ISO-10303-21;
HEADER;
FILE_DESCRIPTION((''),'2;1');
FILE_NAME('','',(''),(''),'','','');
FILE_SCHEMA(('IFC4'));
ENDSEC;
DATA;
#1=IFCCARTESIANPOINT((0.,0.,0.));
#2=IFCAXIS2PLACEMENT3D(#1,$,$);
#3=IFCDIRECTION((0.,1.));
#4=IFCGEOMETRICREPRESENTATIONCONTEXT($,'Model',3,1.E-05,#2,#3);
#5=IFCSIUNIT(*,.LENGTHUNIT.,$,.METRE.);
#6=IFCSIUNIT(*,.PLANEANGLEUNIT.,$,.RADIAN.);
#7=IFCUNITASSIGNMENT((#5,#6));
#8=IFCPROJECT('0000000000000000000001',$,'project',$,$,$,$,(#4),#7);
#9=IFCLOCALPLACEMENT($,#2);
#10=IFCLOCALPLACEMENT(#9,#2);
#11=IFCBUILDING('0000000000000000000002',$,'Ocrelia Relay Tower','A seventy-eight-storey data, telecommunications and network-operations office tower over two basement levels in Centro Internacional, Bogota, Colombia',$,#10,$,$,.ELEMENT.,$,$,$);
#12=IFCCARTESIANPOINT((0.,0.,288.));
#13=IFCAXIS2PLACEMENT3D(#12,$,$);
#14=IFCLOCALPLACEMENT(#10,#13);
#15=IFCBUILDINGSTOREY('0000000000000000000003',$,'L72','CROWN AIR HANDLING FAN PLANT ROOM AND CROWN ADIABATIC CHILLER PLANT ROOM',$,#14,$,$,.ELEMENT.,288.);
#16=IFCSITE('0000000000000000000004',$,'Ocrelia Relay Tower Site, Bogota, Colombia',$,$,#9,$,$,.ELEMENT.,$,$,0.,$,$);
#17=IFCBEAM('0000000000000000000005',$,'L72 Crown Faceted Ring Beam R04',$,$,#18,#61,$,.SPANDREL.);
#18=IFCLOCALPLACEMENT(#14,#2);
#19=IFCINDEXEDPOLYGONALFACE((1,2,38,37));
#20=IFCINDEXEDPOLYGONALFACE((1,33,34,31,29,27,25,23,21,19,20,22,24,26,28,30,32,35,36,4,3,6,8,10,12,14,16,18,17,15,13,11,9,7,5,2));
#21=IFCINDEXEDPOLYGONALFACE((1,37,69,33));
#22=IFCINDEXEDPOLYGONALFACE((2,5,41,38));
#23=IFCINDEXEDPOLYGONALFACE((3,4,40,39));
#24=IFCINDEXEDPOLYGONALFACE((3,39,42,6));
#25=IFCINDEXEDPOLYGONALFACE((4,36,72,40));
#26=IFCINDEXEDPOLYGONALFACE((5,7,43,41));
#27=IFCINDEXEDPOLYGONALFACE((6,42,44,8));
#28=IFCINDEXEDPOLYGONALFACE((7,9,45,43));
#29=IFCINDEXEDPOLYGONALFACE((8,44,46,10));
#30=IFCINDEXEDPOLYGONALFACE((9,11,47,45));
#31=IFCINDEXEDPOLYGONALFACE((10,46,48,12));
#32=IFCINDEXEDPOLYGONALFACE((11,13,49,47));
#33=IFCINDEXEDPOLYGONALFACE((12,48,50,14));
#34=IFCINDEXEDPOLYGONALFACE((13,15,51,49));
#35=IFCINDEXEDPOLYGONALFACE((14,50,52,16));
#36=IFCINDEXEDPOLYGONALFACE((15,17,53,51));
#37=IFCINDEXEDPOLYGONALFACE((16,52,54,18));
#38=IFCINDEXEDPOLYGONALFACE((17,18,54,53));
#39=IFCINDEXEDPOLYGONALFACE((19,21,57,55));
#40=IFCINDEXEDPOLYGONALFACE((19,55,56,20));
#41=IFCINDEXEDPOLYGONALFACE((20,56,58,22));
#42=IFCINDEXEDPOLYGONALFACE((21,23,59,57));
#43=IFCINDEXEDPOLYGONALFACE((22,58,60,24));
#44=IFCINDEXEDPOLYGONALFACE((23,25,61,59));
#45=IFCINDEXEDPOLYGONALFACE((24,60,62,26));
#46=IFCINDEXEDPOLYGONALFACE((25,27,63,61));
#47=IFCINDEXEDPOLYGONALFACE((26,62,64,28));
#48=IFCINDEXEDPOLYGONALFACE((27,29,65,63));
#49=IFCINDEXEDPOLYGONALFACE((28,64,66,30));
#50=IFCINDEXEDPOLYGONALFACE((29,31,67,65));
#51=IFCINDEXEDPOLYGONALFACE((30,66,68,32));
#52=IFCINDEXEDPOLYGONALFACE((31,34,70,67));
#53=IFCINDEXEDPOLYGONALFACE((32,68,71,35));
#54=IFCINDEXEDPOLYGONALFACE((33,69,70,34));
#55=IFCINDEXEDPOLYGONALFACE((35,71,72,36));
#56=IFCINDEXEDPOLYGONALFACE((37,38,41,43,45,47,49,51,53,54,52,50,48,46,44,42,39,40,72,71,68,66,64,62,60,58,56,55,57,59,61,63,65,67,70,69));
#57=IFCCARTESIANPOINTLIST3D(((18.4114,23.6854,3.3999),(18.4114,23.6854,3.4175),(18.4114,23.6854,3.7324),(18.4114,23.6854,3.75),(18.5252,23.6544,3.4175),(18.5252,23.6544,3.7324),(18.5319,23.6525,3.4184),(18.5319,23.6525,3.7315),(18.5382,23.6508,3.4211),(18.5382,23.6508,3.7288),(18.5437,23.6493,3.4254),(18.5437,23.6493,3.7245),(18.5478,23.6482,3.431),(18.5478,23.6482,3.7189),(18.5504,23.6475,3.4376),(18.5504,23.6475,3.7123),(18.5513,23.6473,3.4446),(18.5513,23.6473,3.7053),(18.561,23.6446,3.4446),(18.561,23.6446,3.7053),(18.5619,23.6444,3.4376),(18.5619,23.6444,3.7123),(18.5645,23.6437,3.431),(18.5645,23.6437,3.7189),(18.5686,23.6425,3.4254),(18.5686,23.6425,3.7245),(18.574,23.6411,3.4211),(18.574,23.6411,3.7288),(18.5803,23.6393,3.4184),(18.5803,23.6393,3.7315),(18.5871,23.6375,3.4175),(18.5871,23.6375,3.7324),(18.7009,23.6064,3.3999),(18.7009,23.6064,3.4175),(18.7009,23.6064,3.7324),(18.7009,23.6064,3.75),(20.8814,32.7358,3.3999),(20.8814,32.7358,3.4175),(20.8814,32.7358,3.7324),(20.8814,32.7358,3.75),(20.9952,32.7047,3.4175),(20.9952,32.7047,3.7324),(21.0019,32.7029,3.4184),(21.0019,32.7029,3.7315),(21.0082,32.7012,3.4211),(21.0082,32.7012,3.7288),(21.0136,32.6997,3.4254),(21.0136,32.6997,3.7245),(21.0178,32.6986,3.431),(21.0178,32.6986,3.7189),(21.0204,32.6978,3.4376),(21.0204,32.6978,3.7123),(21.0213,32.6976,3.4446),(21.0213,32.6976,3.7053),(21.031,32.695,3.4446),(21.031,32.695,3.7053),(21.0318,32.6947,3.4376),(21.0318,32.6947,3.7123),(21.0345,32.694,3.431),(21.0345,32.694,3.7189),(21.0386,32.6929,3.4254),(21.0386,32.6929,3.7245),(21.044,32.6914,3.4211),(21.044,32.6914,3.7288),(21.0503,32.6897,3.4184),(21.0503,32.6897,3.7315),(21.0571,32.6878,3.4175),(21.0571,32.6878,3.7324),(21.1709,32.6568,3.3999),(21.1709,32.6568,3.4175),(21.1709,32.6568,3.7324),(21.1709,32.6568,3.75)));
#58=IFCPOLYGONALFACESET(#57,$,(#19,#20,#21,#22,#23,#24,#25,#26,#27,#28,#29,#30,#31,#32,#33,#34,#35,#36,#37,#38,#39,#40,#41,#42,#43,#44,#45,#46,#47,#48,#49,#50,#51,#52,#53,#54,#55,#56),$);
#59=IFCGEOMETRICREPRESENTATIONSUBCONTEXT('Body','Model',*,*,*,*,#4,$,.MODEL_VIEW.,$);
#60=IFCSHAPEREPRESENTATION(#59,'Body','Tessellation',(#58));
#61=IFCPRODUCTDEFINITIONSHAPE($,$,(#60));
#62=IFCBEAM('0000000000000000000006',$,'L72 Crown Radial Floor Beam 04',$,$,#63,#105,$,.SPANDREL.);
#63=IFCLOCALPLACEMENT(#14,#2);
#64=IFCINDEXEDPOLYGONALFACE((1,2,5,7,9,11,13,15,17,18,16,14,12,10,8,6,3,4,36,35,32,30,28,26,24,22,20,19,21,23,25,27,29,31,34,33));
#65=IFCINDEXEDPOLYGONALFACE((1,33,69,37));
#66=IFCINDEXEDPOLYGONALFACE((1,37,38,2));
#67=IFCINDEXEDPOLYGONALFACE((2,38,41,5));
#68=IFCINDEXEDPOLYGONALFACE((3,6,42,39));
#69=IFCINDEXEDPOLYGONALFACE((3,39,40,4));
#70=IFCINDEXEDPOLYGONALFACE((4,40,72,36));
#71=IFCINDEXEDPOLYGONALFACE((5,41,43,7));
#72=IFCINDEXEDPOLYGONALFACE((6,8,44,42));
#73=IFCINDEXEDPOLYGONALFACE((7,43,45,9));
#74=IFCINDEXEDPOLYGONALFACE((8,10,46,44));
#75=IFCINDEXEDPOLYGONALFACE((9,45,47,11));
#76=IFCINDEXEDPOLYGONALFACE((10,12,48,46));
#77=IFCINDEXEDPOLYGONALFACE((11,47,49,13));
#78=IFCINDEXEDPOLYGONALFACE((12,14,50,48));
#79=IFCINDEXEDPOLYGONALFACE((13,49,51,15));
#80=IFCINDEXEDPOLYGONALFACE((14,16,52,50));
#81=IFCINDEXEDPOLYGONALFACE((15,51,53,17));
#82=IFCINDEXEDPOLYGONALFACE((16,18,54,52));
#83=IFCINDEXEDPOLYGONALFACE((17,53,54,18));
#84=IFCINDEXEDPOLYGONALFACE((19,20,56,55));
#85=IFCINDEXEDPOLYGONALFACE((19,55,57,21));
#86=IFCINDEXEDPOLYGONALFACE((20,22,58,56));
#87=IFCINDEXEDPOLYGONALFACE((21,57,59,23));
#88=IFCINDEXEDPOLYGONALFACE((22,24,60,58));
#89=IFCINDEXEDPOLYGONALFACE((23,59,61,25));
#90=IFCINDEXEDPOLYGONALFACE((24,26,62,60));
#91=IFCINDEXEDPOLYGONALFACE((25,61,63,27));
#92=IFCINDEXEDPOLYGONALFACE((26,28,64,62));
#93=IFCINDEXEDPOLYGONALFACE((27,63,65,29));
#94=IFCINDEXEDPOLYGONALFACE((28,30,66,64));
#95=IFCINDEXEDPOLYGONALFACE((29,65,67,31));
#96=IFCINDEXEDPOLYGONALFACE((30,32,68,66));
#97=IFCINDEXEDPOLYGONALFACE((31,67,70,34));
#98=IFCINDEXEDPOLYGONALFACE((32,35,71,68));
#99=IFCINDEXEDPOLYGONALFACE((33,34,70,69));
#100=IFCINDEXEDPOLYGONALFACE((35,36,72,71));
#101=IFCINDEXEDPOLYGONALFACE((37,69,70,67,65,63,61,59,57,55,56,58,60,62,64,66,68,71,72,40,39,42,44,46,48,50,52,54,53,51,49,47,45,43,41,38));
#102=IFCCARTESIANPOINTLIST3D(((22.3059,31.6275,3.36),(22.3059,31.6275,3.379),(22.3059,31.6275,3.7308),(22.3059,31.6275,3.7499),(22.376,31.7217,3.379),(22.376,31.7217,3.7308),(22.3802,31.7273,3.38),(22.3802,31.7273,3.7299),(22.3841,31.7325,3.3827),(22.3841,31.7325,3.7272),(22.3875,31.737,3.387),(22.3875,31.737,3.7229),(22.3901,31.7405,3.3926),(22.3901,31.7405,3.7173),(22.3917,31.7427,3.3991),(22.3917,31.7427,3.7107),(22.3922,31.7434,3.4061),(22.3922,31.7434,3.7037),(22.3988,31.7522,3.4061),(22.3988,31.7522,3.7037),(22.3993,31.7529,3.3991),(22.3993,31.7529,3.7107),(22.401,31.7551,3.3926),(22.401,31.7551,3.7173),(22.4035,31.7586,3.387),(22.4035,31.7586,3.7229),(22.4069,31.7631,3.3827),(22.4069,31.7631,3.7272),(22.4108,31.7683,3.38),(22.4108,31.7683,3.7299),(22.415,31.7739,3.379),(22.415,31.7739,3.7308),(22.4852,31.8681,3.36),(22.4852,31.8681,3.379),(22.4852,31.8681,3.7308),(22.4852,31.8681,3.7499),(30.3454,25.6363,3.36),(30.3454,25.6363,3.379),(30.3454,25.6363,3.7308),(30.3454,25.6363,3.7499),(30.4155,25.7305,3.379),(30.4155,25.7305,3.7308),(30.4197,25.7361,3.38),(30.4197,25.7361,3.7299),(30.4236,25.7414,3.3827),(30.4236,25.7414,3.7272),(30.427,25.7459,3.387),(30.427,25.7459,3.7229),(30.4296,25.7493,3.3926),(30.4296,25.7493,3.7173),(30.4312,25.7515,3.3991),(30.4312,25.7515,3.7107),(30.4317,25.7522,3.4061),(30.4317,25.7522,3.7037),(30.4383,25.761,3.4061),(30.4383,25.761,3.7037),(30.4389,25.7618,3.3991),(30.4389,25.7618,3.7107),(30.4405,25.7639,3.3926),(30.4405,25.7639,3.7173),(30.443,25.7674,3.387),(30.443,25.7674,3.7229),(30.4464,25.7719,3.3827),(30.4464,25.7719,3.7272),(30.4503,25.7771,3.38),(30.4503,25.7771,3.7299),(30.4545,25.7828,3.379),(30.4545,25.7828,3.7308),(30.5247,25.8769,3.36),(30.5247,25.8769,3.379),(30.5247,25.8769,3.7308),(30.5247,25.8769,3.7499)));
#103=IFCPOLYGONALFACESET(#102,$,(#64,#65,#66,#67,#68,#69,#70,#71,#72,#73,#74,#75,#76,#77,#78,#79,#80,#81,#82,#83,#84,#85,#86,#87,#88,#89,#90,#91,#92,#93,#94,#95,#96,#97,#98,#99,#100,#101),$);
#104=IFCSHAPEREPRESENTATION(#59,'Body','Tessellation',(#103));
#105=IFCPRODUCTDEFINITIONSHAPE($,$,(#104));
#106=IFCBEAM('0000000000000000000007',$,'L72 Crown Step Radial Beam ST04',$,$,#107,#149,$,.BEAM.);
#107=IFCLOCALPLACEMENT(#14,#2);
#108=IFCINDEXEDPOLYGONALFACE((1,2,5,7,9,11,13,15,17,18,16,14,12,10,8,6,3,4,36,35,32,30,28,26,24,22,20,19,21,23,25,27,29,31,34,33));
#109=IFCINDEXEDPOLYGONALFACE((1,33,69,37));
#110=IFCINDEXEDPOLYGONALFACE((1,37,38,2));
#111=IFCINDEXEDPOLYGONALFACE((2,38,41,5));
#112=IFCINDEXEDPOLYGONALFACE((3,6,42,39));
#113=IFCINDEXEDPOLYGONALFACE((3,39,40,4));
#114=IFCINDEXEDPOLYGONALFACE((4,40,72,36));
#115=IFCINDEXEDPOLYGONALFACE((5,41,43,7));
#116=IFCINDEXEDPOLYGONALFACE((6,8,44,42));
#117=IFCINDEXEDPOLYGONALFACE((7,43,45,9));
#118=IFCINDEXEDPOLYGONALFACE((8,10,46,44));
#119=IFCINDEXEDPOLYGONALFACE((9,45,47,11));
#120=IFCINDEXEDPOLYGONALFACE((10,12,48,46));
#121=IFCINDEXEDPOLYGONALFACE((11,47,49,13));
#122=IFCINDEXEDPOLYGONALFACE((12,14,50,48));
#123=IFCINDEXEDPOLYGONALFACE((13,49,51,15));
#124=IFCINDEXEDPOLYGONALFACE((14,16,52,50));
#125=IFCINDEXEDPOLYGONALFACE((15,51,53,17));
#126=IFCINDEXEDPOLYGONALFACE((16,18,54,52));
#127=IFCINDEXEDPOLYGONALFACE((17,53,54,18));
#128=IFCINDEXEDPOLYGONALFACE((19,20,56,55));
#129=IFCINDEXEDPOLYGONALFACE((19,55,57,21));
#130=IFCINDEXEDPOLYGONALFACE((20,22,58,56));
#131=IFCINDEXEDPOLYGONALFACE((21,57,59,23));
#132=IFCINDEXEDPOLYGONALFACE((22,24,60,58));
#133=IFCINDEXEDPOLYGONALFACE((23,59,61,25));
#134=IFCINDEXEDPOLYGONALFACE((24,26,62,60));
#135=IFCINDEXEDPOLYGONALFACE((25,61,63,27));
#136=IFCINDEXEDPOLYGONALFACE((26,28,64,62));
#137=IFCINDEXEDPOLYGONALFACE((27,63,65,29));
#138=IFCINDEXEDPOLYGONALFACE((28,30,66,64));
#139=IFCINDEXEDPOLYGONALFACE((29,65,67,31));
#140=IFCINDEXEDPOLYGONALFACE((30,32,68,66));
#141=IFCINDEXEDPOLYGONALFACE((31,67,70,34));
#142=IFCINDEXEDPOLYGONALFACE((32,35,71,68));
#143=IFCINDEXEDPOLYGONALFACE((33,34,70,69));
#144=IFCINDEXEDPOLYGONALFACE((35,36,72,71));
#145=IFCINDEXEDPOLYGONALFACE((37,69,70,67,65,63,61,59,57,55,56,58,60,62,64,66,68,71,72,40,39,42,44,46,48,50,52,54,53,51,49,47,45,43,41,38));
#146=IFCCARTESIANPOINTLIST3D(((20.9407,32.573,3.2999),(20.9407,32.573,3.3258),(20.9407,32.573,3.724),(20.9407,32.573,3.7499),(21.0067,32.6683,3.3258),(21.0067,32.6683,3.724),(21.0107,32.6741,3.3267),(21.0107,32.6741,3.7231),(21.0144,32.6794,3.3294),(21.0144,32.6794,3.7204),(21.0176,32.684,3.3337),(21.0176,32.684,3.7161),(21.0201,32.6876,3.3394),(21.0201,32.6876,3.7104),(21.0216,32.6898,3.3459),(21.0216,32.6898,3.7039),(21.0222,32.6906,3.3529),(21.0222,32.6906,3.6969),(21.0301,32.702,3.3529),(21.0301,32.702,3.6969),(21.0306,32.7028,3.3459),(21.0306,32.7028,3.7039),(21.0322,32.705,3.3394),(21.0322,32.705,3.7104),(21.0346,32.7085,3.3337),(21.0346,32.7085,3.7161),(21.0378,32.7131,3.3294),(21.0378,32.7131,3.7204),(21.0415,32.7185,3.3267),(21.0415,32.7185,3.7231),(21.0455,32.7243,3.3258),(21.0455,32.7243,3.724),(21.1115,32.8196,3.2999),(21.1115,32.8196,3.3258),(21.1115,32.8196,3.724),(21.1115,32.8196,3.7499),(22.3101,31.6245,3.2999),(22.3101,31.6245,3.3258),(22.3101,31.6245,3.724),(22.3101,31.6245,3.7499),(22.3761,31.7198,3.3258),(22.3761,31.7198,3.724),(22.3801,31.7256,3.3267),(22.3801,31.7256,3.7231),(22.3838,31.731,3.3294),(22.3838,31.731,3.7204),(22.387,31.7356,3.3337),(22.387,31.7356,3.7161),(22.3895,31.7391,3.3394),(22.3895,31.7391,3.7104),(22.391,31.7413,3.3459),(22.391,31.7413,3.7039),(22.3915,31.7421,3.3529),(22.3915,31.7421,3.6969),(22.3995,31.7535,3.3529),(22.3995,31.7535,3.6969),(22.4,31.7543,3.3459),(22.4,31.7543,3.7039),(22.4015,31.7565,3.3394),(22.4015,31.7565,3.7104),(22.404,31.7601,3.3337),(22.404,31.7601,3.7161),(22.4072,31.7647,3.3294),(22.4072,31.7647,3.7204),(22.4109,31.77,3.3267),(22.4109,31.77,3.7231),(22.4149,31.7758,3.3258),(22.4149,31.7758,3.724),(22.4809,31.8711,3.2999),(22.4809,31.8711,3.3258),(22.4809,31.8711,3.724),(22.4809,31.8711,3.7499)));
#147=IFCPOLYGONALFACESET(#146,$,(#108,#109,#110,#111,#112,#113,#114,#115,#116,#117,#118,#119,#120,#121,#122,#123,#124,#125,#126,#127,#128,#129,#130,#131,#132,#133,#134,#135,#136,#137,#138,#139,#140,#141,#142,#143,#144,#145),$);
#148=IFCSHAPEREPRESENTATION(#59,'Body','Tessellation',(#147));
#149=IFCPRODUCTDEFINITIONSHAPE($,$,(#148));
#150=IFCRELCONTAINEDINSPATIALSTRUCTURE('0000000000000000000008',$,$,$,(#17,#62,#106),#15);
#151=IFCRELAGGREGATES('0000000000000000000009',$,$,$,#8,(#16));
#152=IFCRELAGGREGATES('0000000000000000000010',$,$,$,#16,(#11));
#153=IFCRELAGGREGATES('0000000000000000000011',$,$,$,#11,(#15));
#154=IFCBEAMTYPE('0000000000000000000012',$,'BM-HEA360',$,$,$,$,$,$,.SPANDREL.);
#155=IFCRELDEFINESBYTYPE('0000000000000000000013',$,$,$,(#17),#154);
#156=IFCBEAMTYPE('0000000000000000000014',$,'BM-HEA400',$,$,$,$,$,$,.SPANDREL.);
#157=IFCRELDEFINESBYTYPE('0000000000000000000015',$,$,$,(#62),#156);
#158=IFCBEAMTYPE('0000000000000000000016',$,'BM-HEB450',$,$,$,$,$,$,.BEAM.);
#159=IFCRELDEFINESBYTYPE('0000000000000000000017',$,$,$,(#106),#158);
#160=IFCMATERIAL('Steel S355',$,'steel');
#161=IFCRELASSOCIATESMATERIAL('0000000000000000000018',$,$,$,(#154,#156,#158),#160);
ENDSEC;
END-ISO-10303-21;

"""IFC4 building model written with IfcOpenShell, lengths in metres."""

from ifc_helpers import new_model, si_unit, direction, frame, origin, origin_2d, place, context, subcontext, project, spatial, i_section, extrude, material, material_profile, profile_set, type_object, element, save


model = new_model("IFC4")

# Units and contexts
model_context = context("Model", 3, precision=1e-05, world=origin(), true_north=direction((0.0, 1.0)))
body_context = subcontext(model_context, "Body", "Model", "MODEL_VIEW")
ifc_project = project(units=[si_unit("LENGTHUNIT", "METRE"), si_unit("PLANEANGLEUNIT", "RADIAN")], contexts=[model_context])

# Site, building, storey
site_placement = place(None, origin())
site = spatial("IfcSite", under=ifc_project, at=site_placement, Name="Ocrelia Relay Tower Site, Bogota, Colombia", CompositionType="ELEMENT", RefElevation=0.0)
building_placement = place(site_placement, origin())
building = spatial("IfcBuilding", under=site, at=building_placement, Name="Ocrelia Relay Tower", Description="A seventy-eight-storey data, telecommunications and network-operations office tower over two basement levels in Centro Internacional, Bogota, Colombia", CompositionType="ELEMENT")
storey_placement = place(building_placement, frame((0.0, 0.0, 288.0)))
storey = spatial("IfcBuildingStorey", under=building, at=storey_placement, Name="L72", Description="CROWN AIR HANDLING FAN PLANT ROOM AND CROWN ADIABATIC CHILLER PLANT ROOM", CompositionType="ELEMENT", Elevation=288.0)

# Beams
ifc_material_1 = material(Name="Steel S355", Category="steel")
ifc_material_profile_1 = material_profile(ifc_material_1, i_section(OverallWidth=0.3, OverallDepth=0.3501, WebThickness=0.01, FlangeThickness=0.0176, FilletRadius=0.0271, at=origin_2d()), Name="HEA 360")
ifc_profile_set_1 = profile_set([ifc_material_profile_1], Name="Steel S355")
beam_type_1 = type_object("IfcBeamType", Name="BM-HEA360", PredefinedType="SPANDREL", material=ifc_profile_set_1)
beam_1_placement = place(storey_placement, frame((21.0261, 32.6963, 3.575), z_axis=(-0.263287, -0.964718, 0.0), x_axis=(0.964718, -0.263287, 0.0)))
element("IfcBeam", 1, at=beam_1_placement, inside=storey, type_object=beam_type_1, Name="L72 Crown Faceted Ring Beam R04", PredefinedType="SPANDREL", context=body_context, shape_type="SweptSolid", body=[
    extrude(i_section(OverallWidth=0.3, OverallDepth=0.3501, WebThickness=0.01, FlangeThickness=0.0176, FilletRadius=0.0271, at=origin_2d()), origin(), (0.0, 0.0, 1.0), 9.3813),
])
ifc_material_profile_2 = material_profile(ifc_material_1, i_section(OverallWidth=0.3, OverallDepth=0.3899, WebThickness=0.011, FlangeThickness=0.019, FilletRadius=0.0271, at=origin_2d()), Name="HEA 400")
ifc_profile_set_2 = profile_set([ifc_material_profile_2], Name="Steel S355")
beam_type_2 = type_object("IfcBeamType", Name="BM-HEA400", PredefinedType="SPANDREL", material=ifc_profile_set_2)
beam_2_placement = place(storey_placement, frame((22.3955, 31.7478, 3.5549), z_axis=(0.801837, -0.597543, 0.0), x_axis=(0.597543, 0.801837, 0.0)))
element("IfcBeam", 2, at=beam_2_placement, inside=storey, type_object=beam_type_2, Name="L72 Crown Radial Floor Beam 04", PredefinedType="SPANDREL", context=body_context, shape_type="SweptSolid", body=[
    extrude(i_section(OverallWidth=0.3, OverallDepth=0.3899, WebThickness=0.011, FlangeThickness=0.019, FilletRadius=0.0271, at=origin_2d()), origin(), (0.0, 0.0, 1.0), 10.0264),
])
ifc_material_profile_3 = material_profile(ifc_material_1, i_section(OverallWidth=0.3, OverallDepth=0.45, WebThickness=0.0139, FlangeThickness=0.0259, FilletRadius=0.0271, at=origin_2d()), Name="HEB 450")
ifc_profile_set_3 = profile_set([ifc_material_profile_3], Name="Steel S355")
beam_type_3 = type_object("IfcBeamType", Name="BM-HEB450", PredefinedType="BEAM", material=ifc_profile_set_3)
beam_3_placement = place(storey_placement, frame((21.0261, 32.6963, 3.5249), z_axis=(0.822066, -0.569393, 0.0), x_axis=(0.569393, 0.822066, 0.0)))
element("IfcBeam", 3, at=beam_3_placement, inside=storey, type_object=beam_type_3, Name="L72 Crown Step Radial Beam ST04", PredefinedType="BEAM", context=body_context, shape_type="SweptSolid", body=[
    extrude(i_section(OverallWidth=0.3, OverallDepth=0.45, WebThickness=0.0139, FlangeThickness=0.0259, FilletRadius=0.0271, at=origin_2d()), origin(), (0.0, 0.0, 1.0), 1.6658),
])

save(model, "model.ifc")
